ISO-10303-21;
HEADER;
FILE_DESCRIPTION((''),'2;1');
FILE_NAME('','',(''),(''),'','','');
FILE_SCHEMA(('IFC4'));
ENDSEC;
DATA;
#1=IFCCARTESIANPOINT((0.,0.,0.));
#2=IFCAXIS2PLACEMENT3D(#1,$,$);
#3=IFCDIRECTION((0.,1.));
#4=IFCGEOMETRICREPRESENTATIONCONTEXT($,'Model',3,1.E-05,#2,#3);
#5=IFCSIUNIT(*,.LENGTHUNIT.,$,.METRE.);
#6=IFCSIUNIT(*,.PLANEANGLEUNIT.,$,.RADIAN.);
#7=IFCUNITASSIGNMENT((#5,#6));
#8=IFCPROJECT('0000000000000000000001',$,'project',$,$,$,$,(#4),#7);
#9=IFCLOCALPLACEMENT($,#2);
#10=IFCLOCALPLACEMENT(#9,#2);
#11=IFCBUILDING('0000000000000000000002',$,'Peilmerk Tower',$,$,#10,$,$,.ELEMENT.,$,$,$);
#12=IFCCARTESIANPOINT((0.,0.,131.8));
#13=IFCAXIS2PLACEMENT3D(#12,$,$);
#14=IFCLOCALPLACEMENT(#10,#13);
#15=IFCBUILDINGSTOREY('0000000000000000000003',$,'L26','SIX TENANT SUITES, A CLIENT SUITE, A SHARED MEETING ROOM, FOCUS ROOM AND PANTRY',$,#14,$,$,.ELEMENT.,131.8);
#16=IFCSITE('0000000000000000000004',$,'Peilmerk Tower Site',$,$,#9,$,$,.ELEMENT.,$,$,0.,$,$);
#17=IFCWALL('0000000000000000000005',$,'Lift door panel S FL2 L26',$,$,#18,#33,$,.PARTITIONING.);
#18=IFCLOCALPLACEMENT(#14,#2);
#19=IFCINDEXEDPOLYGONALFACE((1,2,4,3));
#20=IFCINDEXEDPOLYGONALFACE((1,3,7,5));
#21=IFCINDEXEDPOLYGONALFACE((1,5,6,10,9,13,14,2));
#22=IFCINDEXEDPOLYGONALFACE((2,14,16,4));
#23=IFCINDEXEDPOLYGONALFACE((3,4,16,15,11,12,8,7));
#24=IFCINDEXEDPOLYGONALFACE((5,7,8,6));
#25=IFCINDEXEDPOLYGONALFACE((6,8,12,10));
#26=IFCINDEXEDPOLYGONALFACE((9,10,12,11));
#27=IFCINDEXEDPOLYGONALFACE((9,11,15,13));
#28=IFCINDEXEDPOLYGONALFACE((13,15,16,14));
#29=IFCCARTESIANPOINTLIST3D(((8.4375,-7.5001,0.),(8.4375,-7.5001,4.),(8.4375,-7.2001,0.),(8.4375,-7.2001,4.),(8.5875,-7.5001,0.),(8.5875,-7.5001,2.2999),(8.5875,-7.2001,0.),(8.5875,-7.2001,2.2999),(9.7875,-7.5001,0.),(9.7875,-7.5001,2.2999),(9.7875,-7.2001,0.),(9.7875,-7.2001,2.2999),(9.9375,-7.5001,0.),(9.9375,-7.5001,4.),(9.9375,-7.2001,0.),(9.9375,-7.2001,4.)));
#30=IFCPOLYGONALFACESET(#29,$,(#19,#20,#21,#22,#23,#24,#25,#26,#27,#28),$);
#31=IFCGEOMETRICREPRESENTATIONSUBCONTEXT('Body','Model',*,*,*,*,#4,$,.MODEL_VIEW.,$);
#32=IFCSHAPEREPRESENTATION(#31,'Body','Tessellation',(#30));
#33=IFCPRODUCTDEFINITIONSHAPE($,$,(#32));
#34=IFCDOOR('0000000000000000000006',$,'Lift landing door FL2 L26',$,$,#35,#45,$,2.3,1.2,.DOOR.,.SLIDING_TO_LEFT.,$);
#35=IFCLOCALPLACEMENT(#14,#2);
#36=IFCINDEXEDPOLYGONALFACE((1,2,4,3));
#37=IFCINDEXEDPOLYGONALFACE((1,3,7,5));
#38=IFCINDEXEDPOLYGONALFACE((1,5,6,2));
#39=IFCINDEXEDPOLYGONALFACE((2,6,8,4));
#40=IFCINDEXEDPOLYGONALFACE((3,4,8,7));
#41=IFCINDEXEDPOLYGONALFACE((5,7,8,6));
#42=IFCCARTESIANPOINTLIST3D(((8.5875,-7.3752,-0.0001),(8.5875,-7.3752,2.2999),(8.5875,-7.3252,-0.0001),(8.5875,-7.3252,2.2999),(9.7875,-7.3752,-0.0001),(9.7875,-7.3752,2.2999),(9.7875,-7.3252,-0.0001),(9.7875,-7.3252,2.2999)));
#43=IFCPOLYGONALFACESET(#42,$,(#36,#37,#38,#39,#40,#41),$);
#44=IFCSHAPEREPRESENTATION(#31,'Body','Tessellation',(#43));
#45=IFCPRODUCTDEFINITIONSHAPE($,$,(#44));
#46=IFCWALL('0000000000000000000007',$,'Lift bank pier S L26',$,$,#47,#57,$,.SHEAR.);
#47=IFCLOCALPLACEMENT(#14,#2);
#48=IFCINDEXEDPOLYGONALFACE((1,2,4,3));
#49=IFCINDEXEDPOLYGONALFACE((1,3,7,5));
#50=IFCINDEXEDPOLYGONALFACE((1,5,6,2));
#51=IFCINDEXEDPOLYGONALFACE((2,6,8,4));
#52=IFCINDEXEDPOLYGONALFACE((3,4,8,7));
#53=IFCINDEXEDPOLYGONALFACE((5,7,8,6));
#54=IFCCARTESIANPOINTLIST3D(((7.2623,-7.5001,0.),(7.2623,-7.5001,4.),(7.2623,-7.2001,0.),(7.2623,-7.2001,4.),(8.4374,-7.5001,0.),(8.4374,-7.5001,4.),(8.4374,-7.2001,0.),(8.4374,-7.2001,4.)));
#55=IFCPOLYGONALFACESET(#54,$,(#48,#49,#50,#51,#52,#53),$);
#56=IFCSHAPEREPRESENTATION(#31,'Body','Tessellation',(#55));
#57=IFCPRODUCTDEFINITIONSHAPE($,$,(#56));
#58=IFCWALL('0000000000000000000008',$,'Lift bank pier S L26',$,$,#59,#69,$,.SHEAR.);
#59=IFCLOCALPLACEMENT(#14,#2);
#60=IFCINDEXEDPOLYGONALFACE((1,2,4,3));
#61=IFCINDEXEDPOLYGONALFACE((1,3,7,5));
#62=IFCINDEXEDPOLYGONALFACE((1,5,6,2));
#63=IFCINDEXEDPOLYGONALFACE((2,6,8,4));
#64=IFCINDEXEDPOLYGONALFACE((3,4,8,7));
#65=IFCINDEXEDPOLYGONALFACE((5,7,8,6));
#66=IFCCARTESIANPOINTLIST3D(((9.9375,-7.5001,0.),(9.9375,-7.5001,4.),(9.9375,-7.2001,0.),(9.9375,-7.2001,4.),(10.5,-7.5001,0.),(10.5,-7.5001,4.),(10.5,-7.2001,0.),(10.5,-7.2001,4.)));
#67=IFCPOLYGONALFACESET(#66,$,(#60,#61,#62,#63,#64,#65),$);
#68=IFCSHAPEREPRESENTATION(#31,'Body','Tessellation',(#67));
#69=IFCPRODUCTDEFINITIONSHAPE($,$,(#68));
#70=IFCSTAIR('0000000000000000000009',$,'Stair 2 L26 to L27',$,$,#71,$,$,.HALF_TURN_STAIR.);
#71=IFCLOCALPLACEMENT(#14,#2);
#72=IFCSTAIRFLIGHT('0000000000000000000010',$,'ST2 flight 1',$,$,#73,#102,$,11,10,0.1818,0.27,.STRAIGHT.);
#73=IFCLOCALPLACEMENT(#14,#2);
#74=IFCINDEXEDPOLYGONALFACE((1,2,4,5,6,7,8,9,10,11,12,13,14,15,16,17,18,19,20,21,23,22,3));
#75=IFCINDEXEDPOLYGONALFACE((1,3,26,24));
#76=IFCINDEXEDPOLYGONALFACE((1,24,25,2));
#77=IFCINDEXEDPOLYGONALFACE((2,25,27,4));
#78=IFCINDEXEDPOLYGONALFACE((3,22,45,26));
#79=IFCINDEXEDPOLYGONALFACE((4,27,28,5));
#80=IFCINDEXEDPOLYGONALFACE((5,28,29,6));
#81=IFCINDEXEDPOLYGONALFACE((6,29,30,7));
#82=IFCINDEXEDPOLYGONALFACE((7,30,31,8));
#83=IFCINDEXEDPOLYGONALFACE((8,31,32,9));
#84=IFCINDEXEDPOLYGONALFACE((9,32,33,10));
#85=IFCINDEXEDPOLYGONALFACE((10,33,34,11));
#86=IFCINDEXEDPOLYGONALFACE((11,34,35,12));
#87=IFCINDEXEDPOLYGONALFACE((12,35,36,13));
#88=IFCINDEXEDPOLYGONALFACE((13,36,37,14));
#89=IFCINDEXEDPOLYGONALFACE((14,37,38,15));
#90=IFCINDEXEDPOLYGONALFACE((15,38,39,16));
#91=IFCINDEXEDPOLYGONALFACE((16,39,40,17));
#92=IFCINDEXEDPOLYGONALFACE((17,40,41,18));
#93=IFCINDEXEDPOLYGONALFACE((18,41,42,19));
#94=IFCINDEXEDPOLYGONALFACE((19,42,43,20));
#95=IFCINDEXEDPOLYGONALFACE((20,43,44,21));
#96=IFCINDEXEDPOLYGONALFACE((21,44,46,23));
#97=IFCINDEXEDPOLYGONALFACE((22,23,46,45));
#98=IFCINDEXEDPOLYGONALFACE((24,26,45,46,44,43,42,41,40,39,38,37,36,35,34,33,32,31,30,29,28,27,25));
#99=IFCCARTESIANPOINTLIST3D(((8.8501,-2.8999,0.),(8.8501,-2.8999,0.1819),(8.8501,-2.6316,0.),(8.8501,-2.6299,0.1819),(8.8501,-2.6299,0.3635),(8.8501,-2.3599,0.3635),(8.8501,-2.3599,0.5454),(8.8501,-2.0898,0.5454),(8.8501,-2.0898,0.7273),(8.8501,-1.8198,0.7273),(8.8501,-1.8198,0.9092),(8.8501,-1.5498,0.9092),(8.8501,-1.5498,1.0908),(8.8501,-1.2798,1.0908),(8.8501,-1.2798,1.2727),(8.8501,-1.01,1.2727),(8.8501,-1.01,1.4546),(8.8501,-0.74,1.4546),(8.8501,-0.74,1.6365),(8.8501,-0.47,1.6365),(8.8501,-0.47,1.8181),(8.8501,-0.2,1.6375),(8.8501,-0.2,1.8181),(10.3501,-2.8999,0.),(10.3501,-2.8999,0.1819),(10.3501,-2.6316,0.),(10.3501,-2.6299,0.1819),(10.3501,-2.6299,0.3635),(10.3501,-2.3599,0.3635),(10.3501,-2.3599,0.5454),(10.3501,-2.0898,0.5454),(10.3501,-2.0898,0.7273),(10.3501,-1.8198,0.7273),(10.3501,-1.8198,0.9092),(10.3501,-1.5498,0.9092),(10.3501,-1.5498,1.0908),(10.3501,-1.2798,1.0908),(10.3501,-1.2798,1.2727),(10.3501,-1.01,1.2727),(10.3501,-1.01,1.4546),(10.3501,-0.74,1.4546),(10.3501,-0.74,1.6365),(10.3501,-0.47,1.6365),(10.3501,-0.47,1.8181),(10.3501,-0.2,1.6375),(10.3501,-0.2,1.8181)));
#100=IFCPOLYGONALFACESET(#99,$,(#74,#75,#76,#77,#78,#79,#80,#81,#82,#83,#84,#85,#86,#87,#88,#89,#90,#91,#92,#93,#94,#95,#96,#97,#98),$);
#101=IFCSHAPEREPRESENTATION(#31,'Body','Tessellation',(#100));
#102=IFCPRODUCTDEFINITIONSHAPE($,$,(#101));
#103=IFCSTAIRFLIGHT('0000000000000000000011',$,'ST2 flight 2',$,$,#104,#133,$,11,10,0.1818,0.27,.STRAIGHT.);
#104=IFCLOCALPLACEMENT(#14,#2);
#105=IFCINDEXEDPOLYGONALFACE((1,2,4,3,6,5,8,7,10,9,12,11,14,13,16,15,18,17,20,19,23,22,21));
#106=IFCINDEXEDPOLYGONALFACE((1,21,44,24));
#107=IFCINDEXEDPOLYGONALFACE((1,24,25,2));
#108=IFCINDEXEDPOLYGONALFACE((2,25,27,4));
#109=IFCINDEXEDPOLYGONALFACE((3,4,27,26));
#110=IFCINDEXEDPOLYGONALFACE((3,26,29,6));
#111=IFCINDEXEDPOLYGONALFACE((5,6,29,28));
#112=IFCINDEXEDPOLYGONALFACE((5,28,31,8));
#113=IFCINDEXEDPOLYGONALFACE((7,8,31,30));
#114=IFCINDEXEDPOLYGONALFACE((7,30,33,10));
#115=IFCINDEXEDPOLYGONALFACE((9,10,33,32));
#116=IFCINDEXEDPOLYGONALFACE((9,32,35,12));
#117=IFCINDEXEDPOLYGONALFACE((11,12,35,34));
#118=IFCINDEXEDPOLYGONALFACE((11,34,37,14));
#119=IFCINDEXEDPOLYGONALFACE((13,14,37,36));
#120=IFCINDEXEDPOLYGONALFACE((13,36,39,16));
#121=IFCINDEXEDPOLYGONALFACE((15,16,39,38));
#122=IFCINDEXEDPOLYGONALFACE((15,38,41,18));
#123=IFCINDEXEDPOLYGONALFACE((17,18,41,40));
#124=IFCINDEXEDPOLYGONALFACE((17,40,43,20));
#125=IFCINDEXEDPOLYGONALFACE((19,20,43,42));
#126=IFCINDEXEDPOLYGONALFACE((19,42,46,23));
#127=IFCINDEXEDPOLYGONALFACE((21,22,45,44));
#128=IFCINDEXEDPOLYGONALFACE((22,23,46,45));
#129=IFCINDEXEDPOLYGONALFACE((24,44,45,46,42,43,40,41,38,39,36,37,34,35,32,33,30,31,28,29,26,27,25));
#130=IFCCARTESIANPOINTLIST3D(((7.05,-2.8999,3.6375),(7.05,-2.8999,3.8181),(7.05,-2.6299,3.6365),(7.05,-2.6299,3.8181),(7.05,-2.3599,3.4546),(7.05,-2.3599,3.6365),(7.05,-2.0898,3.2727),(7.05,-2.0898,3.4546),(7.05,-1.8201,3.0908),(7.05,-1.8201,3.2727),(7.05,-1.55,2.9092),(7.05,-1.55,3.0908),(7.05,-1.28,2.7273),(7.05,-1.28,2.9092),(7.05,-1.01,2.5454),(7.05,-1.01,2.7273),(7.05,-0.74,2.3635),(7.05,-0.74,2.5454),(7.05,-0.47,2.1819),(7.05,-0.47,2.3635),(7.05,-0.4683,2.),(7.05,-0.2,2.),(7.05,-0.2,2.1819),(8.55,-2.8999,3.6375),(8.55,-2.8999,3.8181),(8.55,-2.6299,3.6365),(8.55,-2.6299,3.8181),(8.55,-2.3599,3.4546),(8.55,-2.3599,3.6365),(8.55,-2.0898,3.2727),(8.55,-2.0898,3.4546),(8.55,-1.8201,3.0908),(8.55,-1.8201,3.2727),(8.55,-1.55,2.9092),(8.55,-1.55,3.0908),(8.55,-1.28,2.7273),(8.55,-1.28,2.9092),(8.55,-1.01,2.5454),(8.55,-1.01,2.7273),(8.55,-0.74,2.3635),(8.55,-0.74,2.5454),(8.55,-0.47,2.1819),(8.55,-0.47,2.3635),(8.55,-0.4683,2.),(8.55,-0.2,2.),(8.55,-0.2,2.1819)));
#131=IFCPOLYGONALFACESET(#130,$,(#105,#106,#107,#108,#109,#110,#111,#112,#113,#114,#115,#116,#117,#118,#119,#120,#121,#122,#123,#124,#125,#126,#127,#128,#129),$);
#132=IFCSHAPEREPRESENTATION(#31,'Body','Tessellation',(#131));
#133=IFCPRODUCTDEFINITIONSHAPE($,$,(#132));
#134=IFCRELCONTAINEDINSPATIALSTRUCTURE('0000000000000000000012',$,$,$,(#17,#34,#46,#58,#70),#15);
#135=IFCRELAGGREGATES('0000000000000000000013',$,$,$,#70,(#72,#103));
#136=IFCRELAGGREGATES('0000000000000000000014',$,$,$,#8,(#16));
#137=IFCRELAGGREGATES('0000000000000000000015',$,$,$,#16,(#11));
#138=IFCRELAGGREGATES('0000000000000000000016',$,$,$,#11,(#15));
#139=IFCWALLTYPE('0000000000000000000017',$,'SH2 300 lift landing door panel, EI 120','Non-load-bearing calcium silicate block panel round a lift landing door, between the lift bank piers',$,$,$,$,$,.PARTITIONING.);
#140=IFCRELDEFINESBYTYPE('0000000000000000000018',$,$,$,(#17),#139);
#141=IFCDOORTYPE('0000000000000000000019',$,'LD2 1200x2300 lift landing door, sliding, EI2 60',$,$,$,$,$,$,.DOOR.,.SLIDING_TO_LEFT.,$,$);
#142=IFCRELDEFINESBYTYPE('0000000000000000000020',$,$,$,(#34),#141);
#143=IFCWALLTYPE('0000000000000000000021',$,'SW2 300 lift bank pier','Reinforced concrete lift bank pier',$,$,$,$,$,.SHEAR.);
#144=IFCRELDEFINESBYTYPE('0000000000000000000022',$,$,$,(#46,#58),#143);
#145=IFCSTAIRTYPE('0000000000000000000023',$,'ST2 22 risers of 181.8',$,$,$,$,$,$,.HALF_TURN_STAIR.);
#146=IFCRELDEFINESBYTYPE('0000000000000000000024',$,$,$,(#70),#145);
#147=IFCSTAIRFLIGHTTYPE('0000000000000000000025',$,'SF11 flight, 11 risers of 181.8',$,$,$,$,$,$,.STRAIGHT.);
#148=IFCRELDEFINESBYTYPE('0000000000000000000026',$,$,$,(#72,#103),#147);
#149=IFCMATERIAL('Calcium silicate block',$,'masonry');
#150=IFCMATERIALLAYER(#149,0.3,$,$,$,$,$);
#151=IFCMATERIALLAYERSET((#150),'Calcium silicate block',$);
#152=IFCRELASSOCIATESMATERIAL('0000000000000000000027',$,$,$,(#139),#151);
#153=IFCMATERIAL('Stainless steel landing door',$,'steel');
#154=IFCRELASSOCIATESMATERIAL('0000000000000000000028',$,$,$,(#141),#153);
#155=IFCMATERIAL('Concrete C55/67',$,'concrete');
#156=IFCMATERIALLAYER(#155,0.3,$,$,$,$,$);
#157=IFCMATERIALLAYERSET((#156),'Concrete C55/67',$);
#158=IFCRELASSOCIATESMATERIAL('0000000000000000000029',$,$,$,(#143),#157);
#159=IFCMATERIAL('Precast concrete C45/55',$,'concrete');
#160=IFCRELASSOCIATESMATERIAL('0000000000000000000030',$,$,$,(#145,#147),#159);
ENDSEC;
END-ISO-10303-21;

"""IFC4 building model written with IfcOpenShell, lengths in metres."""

from ifc_helpers import new_model, si_unit, direction, frame, frame_2d, origin, place, context, subcontext, project, spatial, polyline, rectangle, outline, extrude, material, layer, layer_set, type_object, element, fill, aggregate, save


model = new_model("IFC4")

# Units and contexts
model_context = context("Model", 3, precision=1e-05, world=origin(), true_north=direction((0.0, 1.0)))
body_context = subcontext(model_context, "Body", "Model", "MODEL_VIEW")
ifc_project = project(units=[si_unit("LENGTHUNIT", "METRE"), si_unit("PLANEANGLEUNIT", "RADIAN")], contexts=[model_context])

# Site, building, storey
site_placement = place(None, origin())
site = spatial("IfcSite", under=ifc_project, at=site_placement, Name="Peilmerk Tower Site", CompositionType="ELEMENT", RefElevation=0.0)
building_placement = place(site_placement, origin())
building = spatial("IfcBuilding", under=site, at=building_placement, Name="Peilmerk Tower", CompositionType="ELEMENT")
storey_placement = place(building_placement, frame((0.0, 0.0, 131.8)))
storey = spatial("IfcBuildingStorey", under=building, at=storey_placement, Name="L26", Description="SIX TENANT SUITES, A CLIENT SUITE, A SHARED MEETING ROOM, FOCUS ROOM AND PANTRY", CompositionType="ELEMENT", Elevation=131.8)

# Shared definitions
ifc_material_1 = material(Name="Precast concrete C45/55", Category="concrete")

# Wall, opening, door
ifc_material_2 = material(Name="Calcium silicate block", Category="masonry")
ifc_layer_1 = layer(ifc_material_2, 0.3)
ifc_layer_set_1 = layer_set([ifc_layer_1], Name="Calcium silicate block")
wall_type_1 = type_object("IfcWallType", Name="SH2 300 lift landing door panel, EI 120", Description="Non-load-bearing calcium silicate block panel round a lift landing door, between the lift bank piers", PredefinedType="PARTITIONING", material=ifc_layer_set_1)
ifc_material_3 = material(Name="Stainless steel landing door", Category="steel")
wall_1_placement = place(storey_placement, frame((8.4375, -7.3501, 0.0), z_axis=(0.0, 0.0, 1.0), x_axis=(1.0, 0.0, 0.0)))
wall_1 = element("IfcWall", 1, at=wall_1_placement, inside=storey, type_object=wall_type_1, Name="Lift door panel S FL2 L26", PredefinedType="PARTITIONING", context=body_context, shape_type="SweptSolid", body=[
    extrude(rectangle(XDim=1.5, YDim=0.3, at=frame_2d((0.75, 0.0))), origin(), (0.0, 0.0, 1.0), 4.0),
])
opening_1_placement = place(wall_1_placement, frame((0.1499, 0.0, 0.0)))
opening_1 = element("IfcOpeningElement", 2, at=opening_1_placement, cuts=wall_1, PredefinedType="OPENING", context=body_context, shape_type="SweptSolid", body=[
    extrude(rectangle(XDim=1.2, YDim=2.3, at=frame_2d((0.6001, 1.1499))), frame((0.0, 0.1599, 0.0), z_axis=(0.0, -1.0, 0.0), x_axis=(1.0, 0.0, 0.0)), (0.0, 0.0, 1.0), 0.3201),
])
door_type_1 = type_object("IfcDoorType", Name="LD2 1200x2300 lift landing door, sliding, EI2 60", OperationType="SLIDING_TO_LEFT", PredefinedType="DOOR", material=ifc_material_3)
door_1_placement = place(opening_1_placement, origin())
door_1 = element("IfcDoor", 3, at=door_1_placement, inside=storey, type_object=door_type_1, Name="Lift landing door FL2 L26", OperationType="SLIDING_TO_LEFT", OverallHeight=2.3, OverallWidth=1.2, PredefinedType="DOOR", context=body_context, shape_type="SweptSolid", body=[
    extrude(rectangle(XDim=1.2, YDim=2.3, at=frame_2d((0.6001, 1.1499))), frame((0.0, 0.0249, 0.0), z_axis=(0.0, -1.0, 0.0), x_axis=(1.0, 0.0, 0.0)), (0.0, 0.0, 1.0), 0.05),
])
fill(opening_1, door_1)

# Walls
ifc_material_4 = material(Name="Concrete C55/67", Category="concrete")
ifc_layer_2 = layer(ifc_material_4, 0.3)
ifc_layer_set_2 = layer_set([ifc_layer_2], Name="Concrete C55/67")
wall_type_2 = type_object("IfcWallType", Name="SW2 300 lift bank pier", Description="Reinforced concrete lift bank pier", PredefinedType="SHEAR", material=ifc_layer_set_2)
wall_2_placement = place(storey_placement, frame((7.2625, -7.3501, 0.0), z_axis=(0.0, 0.0, 1.0), x_axis=(1.0, 0.0, 0.0)))
element("IfcWall", 4, at=wall_2_placement, inside=storey, type_object=wall_type_2, Name="Lift bank pier S L26", PredefinedType="SHEAR", context=body_context, shape_type="SweptSolid", body=[
    extrude(rectangle(XDim=1.175, YDim=0.3, at=frame_2d((0.5874, 0.0))), origin(), (0.0, 0.0, 1.0), 4.0),
])
wall_3_placement = place(storey_placement, frame((9.9375, -7.3501, 0.0), z_axis=(0.0, 0.0, 1.0), x_axis=(1.0, 0.0, 0.0)))
element("IfcWall", 5, at=wall_3_placement, inside=storey, type_object=wall_type_2, Name="Lift bank pier S L26", PredefinedType="SHEAR", context=body_context, shape_type="SweptSolid", body=[
    extrude(rectangle(XDim=0.5625, YDim=0.3, at=frame_2d((0.2812, 0.0))), origin(), (0.0, 0.0, 1.0), 4.0),
])

# Stair, stair flights
stair_type_1 = type_object("IfcStairType", Name="ST2 22 risers of 181.8", PredefinedType="HALF_TURN_STAIR", material=ifc_material_1)
stair_1_placement = place(storey_placement, origin())
stair_1 = element("IfcStair", 6, at=stair_1_placement, inside=storey, type_object=stair_type_1, Name="Stair 2 L26 to L27", PredefinedType="HALF_TURN_STAIR")
stair_flight_type = type_object("IfcStairFlightType", Name="SF11 flight, 11 risers of 181.8", PredefinedType="STRAIGHT", material=ifc_material_1)
stair_flight_1_placement = place(storey_placement, frame((9.6001, -2.8999, 0.0), z_axis=(0.0, 0.0, 1.0), x_axis=(0.0, 1.0, 0.0)))
stair_flight_1 = element("IfcStairFlight", 7, at=stair_flight_1_placement, type_object=stair_flight_type, Name="ST2 flight 1", NumberOfRisers=11, NumberOfTreads=10, PredefinedType="STRAIGHT", RiserHeight=0.1818, TreadLength=0.27, context=body_context, shape_type="SweptSolid", body=[
    extrude(outline(polyline([(0.0, 0.0), (0.0, 0.1819), (0.27, 0.1819), (0.27, 0.3635), (0.54, 0.3635), (0.54, 0.5454), (0.8101, 0.5454), (0.8101, 0.7273), (1.0801, 0.7273), (1.0801, 0.9092), (1.3501, 0.9092), (1.3501, 1.0908), (1.6201, 1.0908), (1.6201, 1.2727), (1.8899, 1.2727), (1.8899, 1.4546), (2.1599, 1.4546), (2.1599, 1.6365), (2.4299, 1.6365), (2.4299, 1.8181), (2.7, 1.8181), (2.7, 2.0), (2.7, 1.6375), (0.2683, 0.0), (0.0, 0.0)])), frame((0.0, 0.75, 0.0), z_axis=(0.0, -1.0, 0.0), x_axis=(1.0, 0.0, 0.0)), (0.0, 0.0, 1.0), 1.5),
])
stair_flight_2_placement = place(storey_placement, frame((7.8, -0.2, 2.0), z_axis=(0.0, 0.0, 1.0), x_axis=(0.0, -1.0, 0.0)))
stair_flight_2 = element("IfcStairFlight", 8, at=stair_flight_2_placement, type_object=stair_flight_type, Name="ST2 flight 2", NumberOfRisers=11, NumberOfTreads=10, PredefinedType="STRAIGHT", RiserHeight=0.1818, TreadLength=0.27, context=body_context, shape_type="SweptSolid", body=[
    extrude(outline(polyline([(0.0, 0.0), (0.0, 0.1819), (0.27, 0.1819), (0.27, 0.3635), (0.54, 0.3635), (0.54, 0.5454), (0.8101, 0.5454), (0.8101, 0.7273), (1.0801, 0.7273), (1.0801, 0.9092), (1.3501, 0.9092), (1.3501, 1.0908), (1.6201, 1.0908), (1.6201, 1.2727), (1.8899, 1.2727), (1.8899, 1.4546), (2.1599, 1.4546), (2.1599, 1.6365), (2.4299, 1.6365), (2.4299, 1.8181), (2.7, 1.8181), (2.7, 2.0), (2.7, 1.6375), (0.2683, 0.0), (0.0, 0.0)])), frame((0.0, 0.75, 0.0), z_axis=(0.0, -1.0, 0.0), x_axis=(1.0, 0.0, 0.0)), (0.0, 0.0, 1.0), 1.5),
])
aggregate(stair_1, [stair_flight_1, stair_flight_2])

save(model, "model.ifc")
